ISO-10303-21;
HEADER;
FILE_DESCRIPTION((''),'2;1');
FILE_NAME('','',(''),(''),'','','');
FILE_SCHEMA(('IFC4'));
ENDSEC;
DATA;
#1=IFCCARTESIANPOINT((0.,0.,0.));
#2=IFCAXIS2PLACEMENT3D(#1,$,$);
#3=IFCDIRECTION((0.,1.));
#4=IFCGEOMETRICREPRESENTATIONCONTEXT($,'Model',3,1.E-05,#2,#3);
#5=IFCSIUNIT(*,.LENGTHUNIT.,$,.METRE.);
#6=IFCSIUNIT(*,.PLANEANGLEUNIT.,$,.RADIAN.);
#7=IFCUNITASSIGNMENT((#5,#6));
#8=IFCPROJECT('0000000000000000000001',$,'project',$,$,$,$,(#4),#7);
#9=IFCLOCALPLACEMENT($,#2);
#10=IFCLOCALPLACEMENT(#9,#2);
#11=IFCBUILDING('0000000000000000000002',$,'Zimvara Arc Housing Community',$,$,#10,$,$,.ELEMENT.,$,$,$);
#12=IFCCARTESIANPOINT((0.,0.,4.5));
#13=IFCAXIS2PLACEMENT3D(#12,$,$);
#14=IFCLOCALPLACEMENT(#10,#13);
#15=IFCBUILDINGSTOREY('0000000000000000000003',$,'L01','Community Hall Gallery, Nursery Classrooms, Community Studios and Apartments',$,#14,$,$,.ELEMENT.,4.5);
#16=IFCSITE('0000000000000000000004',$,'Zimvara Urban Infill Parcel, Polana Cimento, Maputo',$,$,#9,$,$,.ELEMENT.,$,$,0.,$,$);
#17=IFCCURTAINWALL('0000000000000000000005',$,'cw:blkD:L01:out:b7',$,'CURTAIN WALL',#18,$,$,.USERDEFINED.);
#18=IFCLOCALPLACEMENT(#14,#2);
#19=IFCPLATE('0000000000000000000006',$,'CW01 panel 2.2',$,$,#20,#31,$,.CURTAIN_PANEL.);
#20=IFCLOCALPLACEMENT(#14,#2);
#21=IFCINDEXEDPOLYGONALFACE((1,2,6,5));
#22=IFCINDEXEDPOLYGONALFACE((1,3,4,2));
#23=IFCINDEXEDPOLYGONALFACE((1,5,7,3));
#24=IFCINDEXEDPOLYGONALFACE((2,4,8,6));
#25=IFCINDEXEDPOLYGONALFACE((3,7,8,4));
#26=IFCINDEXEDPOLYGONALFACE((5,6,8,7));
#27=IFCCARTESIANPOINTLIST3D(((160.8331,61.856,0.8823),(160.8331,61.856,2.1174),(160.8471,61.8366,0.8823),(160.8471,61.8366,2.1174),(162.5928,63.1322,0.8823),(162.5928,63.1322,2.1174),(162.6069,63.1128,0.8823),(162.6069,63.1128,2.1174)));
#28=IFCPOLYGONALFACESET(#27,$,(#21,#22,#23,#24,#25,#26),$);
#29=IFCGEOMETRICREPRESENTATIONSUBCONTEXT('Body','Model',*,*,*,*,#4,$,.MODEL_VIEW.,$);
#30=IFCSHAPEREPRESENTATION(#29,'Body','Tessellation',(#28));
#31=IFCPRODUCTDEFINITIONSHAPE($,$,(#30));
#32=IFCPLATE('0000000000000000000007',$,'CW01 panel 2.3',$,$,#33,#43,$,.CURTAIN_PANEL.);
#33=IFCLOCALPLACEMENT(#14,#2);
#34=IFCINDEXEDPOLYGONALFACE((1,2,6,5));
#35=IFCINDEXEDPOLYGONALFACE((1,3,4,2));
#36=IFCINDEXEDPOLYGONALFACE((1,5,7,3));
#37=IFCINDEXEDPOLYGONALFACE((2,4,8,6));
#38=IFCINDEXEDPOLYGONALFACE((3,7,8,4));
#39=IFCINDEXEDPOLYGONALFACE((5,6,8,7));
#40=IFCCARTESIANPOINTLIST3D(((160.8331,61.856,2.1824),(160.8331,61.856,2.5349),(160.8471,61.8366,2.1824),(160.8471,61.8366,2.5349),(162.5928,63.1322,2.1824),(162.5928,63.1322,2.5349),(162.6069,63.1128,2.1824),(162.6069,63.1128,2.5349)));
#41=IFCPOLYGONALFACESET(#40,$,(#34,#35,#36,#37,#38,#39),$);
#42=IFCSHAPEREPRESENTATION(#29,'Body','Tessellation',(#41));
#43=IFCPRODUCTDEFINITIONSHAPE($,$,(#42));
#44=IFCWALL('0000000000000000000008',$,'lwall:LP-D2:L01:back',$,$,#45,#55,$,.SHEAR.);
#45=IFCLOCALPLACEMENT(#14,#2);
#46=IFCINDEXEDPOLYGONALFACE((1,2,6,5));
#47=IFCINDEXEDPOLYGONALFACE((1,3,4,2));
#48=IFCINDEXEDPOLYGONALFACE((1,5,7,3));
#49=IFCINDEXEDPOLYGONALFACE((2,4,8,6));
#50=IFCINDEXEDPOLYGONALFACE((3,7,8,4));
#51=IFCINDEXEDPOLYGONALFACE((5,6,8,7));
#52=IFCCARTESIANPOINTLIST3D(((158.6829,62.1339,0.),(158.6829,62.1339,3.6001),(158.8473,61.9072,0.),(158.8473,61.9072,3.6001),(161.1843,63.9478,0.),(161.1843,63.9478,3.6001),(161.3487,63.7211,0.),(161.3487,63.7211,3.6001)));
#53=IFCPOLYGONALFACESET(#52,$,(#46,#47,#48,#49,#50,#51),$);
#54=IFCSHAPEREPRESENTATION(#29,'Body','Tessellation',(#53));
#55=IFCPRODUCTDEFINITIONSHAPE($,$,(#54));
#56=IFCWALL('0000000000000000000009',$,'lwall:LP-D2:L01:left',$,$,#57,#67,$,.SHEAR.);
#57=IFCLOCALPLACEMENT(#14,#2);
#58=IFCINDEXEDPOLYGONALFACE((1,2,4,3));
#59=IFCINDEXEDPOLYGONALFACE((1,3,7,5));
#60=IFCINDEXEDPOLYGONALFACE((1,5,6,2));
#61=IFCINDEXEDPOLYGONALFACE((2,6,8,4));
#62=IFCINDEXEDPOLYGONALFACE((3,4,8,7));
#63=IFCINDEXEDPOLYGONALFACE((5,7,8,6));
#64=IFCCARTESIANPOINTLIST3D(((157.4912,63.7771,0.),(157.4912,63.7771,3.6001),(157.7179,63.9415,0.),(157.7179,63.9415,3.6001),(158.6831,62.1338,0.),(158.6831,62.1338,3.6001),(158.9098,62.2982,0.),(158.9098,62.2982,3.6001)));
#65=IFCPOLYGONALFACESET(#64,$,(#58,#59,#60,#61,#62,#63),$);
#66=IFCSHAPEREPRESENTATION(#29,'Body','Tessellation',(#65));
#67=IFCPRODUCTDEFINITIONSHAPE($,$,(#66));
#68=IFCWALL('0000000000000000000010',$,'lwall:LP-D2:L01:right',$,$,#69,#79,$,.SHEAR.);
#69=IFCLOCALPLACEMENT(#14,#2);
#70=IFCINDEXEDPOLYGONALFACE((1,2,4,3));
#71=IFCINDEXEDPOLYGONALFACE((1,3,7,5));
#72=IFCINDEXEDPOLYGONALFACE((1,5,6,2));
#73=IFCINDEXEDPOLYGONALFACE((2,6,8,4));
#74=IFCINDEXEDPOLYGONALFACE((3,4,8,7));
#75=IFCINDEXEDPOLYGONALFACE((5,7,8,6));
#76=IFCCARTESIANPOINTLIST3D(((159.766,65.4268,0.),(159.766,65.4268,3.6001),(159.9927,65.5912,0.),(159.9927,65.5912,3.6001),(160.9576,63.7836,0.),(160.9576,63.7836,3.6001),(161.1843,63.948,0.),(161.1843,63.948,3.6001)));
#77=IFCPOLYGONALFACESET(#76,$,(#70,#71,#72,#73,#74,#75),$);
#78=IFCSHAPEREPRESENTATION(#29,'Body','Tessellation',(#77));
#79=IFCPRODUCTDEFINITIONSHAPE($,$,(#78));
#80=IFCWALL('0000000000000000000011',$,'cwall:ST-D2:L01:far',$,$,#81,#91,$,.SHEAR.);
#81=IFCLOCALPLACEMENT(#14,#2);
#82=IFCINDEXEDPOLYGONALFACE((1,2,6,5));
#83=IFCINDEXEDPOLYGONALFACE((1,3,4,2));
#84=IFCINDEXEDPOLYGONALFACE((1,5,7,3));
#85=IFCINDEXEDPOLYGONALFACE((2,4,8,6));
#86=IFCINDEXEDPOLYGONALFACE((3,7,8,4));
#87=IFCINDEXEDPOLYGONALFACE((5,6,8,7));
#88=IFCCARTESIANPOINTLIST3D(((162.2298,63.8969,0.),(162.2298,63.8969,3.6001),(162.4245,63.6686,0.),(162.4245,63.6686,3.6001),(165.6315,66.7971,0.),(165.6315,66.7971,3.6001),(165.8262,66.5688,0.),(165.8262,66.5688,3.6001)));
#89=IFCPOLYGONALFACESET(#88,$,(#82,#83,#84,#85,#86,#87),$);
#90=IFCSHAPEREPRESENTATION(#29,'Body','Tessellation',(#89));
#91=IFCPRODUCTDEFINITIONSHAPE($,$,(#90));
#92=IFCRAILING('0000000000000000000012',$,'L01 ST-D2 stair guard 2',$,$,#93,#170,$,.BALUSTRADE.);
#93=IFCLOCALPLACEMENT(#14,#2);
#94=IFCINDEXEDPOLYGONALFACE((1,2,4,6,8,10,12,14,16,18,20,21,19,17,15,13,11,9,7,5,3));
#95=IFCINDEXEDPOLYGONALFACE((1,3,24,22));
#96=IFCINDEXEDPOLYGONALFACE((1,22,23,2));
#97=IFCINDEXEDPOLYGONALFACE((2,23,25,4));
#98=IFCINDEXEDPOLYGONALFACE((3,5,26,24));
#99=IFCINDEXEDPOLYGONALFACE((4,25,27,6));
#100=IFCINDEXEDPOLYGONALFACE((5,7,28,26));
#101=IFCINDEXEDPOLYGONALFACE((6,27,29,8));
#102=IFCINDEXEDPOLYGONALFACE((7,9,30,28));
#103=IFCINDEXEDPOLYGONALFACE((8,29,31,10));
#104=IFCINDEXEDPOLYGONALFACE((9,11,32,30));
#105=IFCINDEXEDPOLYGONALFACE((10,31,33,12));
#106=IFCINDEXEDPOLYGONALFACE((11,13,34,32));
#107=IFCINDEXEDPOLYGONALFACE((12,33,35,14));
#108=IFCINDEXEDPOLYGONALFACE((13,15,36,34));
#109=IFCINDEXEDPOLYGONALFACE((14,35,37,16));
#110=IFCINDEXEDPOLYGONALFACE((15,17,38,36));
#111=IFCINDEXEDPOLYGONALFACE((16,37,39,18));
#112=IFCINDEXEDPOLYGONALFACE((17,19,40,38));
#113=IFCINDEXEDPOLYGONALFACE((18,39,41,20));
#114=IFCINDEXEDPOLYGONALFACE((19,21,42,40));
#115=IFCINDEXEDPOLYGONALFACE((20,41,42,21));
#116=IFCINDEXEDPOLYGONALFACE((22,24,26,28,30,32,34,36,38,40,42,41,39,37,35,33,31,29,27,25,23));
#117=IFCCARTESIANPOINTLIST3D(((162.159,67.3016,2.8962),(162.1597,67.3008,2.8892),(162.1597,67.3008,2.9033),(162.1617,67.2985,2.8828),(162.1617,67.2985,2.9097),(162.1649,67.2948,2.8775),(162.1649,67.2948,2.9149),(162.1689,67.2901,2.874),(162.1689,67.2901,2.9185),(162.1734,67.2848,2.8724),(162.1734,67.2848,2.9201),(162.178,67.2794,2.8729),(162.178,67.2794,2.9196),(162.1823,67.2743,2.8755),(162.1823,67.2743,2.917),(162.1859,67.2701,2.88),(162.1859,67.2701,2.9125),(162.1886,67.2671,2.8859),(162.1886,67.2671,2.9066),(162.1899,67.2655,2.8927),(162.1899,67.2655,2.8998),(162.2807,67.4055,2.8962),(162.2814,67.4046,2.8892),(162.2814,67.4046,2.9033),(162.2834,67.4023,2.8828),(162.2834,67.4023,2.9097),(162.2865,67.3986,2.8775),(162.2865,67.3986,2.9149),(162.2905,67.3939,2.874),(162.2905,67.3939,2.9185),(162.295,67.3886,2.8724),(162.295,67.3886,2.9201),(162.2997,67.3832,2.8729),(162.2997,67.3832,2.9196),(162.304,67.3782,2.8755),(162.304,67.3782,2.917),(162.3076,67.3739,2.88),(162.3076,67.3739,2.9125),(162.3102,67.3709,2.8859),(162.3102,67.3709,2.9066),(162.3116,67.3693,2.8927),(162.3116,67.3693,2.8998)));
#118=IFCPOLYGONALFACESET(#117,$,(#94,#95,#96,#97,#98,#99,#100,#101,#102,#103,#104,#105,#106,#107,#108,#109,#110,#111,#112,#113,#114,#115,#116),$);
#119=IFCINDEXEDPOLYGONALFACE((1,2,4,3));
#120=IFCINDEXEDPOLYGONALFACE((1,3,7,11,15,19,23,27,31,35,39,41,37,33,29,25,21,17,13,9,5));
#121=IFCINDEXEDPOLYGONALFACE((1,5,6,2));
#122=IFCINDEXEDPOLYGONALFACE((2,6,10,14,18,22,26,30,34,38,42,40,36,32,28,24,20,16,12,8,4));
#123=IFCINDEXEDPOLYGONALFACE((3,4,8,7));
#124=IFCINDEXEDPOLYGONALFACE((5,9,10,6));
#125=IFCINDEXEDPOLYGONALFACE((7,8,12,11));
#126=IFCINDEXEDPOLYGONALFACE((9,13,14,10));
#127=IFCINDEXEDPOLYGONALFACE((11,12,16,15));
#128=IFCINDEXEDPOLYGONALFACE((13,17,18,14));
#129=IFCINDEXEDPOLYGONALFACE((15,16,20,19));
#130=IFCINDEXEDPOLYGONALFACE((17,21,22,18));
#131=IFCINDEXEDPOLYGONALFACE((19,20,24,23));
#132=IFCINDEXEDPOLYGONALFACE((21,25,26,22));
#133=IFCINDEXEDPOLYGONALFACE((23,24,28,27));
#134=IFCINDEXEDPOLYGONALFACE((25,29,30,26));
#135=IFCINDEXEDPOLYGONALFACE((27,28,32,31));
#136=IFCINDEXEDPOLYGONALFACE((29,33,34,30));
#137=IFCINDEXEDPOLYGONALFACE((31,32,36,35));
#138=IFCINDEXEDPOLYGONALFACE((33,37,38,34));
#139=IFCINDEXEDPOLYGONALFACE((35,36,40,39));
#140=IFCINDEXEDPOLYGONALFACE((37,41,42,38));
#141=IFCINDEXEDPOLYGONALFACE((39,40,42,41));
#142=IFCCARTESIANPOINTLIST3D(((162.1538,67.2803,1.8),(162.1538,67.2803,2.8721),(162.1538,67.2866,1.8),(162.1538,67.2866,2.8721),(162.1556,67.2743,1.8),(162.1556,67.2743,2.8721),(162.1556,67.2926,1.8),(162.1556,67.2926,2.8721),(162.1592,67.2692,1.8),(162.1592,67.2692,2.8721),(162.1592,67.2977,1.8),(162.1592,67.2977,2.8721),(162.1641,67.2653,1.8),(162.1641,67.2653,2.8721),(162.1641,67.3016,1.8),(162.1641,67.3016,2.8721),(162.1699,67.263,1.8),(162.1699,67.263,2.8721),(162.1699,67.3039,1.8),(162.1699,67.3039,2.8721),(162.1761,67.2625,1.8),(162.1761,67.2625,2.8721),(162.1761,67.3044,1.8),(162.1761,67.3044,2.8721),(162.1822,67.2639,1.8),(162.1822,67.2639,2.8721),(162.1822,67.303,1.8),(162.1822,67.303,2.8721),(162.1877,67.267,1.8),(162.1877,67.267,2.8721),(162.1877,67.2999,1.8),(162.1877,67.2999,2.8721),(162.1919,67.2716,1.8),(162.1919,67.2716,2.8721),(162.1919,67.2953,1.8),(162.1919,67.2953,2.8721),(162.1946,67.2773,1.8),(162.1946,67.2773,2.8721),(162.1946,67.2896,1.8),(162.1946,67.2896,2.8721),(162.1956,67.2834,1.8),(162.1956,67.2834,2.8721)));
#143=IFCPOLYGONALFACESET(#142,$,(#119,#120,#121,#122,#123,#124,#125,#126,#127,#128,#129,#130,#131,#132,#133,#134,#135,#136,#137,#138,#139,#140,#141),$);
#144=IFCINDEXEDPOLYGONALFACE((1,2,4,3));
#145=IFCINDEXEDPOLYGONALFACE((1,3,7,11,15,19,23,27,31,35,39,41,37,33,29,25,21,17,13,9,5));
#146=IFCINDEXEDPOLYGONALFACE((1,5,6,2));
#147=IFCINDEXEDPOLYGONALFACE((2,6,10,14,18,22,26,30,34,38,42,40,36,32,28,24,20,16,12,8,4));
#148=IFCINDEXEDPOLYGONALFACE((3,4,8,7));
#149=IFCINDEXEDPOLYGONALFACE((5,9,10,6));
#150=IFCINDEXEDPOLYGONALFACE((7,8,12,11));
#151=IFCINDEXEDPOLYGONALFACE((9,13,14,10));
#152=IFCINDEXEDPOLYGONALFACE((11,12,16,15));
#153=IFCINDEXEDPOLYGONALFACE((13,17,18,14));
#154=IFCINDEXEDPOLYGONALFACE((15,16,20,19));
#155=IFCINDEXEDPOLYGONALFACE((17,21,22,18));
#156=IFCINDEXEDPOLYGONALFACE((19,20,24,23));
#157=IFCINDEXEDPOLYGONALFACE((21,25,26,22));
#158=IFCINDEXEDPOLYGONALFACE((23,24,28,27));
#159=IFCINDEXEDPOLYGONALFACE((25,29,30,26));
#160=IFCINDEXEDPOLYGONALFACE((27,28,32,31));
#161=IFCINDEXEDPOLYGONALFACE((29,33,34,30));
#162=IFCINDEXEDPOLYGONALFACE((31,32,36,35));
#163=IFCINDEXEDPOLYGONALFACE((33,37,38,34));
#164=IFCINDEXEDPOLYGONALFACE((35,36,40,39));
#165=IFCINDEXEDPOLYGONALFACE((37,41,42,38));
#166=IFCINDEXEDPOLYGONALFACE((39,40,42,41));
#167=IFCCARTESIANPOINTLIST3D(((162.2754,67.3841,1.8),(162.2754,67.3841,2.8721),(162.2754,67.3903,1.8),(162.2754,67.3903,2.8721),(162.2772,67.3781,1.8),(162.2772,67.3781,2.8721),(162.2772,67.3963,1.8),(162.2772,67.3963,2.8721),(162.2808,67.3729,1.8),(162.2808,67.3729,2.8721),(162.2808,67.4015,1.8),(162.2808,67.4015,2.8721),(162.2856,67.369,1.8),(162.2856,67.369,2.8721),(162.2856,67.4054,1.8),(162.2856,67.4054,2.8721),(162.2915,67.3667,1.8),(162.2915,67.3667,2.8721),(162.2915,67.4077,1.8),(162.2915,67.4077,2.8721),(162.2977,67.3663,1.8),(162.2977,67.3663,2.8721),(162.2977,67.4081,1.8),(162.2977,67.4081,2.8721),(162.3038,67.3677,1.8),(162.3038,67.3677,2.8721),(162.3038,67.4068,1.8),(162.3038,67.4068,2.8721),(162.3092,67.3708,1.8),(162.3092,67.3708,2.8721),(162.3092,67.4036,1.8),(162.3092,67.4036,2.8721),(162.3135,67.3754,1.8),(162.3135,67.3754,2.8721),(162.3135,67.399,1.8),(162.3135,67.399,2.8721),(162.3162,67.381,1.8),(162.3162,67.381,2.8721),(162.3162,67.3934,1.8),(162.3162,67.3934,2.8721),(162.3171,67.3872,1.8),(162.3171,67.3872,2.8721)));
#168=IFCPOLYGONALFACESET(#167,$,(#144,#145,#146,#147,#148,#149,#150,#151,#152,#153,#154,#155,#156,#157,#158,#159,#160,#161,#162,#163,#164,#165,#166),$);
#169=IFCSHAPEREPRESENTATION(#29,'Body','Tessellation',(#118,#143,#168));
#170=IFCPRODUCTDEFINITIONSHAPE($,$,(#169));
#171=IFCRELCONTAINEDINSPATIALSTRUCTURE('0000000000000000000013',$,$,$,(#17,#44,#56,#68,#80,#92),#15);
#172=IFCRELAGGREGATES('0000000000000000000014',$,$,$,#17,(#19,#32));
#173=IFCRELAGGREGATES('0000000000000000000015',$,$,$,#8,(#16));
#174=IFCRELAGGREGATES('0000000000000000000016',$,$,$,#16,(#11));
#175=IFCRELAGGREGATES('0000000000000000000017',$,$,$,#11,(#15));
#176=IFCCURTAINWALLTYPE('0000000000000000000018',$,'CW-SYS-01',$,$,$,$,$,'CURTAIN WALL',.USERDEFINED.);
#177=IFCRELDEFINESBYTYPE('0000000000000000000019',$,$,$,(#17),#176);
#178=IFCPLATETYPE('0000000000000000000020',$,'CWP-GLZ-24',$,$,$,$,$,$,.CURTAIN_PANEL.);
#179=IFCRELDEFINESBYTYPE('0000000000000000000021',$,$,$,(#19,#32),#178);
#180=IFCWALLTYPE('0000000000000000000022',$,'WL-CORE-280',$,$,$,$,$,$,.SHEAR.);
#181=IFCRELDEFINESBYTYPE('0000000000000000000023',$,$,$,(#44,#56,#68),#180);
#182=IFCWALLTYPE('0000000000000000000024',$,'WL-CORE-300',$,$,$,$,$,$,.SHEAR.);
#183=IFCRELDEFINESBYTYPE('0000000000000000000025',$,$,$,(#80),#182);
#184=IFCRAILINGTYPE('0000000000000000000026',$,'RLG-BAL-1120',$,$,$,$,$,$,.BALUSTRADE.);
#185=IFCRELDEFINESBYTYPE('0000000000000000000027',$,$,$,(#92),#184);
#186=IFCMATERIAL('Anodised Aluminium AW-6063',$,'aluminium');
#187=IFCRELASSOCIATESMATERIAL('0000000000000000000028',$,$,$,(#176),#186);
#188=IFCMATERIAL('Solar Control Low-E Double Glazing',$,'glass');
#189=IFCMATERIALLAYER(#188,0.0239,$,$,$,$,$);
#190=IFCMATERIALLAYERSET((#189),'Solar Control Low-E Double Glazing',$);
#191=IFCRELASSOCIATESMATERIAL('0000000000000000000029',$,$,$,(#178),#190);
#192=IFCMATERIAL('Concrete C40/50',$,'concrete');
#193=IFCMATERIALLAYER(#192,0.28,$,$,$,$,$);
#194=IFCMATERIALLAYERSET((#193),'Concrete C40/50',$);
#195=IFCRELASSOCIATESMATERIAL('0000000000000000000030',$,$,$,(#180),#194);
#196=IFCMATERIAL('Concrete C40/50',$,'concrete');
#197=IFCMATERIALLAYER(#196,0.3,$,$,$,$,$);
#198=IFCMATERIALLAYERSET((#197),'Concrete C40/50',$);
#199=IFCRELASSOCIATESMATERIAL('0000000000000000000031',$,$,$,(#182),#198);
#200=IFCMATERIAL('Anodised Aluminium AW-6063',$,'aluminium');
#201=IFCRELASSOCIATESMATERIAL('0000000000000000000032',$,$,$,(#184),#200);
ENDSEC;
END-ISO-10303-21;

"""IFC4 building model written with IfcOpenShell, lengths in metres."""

from ifc_helpers import new_model, si_unit, direction, frame, frame_2d, origin, origin_2d, place, context, subcontext, project, spatial, rectangle, circle, extrude, material, layer, layer_set, type_object, element, aggregate, save


model = new_model("IFC4")

# Units and contexts
model_context = context("Model", 3, precision=1e-05, world=origin(), true_north=direction((0.0, 1.0)))
body_context = subcontext(model_context, "Body", "Model", "MODEL_VIEW")
ifc_project = project(units=[si_unit("LENGTHUNIT", "METRE"), si_unit("PLANEANGLEUNIT", "RADIAN")], contexts=[model_context])

# Site, building, storey
site_placement = place(None, origin())
site = spatial("IfcSite", under=ifc_project, at=site_placement, Name="Zimvara Urban Infill Parcel, Polana Cimento, Maputo", CompositionType="ELEMENT", RefElevation=0.0)
building_placement = place(site_placement, origin())
building = spatial("IfcBuilding", under=site, at=building_placement, Name="Zimvara Arc Housing Community", CompositionType="ELEMENT")
storey_placement = place(building_placement, frame((0.0, 0.0, 4.5)))
storey = spatial("IfcBuildingStorey", under=building, at=storey_placement, Name="L01", Description="Community Hall Gallery, Nursery Classrooms, Community Studios and Apartments", CompositionType="ELEMENT", Elevation=4.5)

# Curtain wall, plates
ifc_material_1 = material(Name="Anodised Aluminium AW-6063", Category="aluminium")
curtain_wall_type = type_object("IfcCurtainWallType", Name="CW-SYS-01", ElementType="CURTAIN WALL", PredefinedType="USERDEFINED", material=ifc_material_1)
curtain_wall_placement = place(storey_placement, origin())
curtain_wall = element("IfcCurtainWall", 1, at=curtain_wall_placement, inside=storey, type_object=curtain_wall_type, Name="cw:blkD:L01:out:b7", ObjectType="CURTAIN WALL", PredefinedType="USERDEFINED")
ifc_material_2 = material(Name="Solar Control Low-E Double Glazing", Category="glass")
ifc_layer_1 = layer(ifc_material_2, 0.0239)
ifc_layer_set_1 = layer_set([ifc_layer_1], Name="Solar Control Low-E Double Glazing")
plate_type = type_object("IfcPlateType", Name="CWP-GLZ-24", PredefinedType="CURTAIN_PANEL", material=ifc_layer_set_1)
plate_1_placement = place(storey_placement, frame((161.72, 62.4844, 0.8823), z_axis=(0.0, 0.0, 1.0), x_axis=(0.80953, 0.587078, 0.0)))
plate_1 = element("IfcPlate", 2, at=plate_1_placement, type_object=plate_type, Name="CW01 panel 2.2", PredefinedType="CURTAIN_PANEL", context=body_context, shape_type="SweptSolid", body=[
    extrude(rectangle(XDim=2.1738, YDim=0.0239, at=origin_2d()), origin(), (0.0, 0.0, 1.0), 1.2351),
])
plate_2_placement = place(storey_placement, frame((161.72, 62.4844, 2.1824), z_axis=(0.0, 0.0, 1.0), x_axis=(0.80953, 0.587078, 0.0)))
plate_2 = element("IfcPlate", 3, at=plate_2_placement, type_object=plate_type, Name="CW01 panel 2.3", PredefinedType="CURTAIN_PANEL", context=body_context, shape_type="SweptSolid", body=[
    extrude(rectangle(XDim=2.1738, YDim=0.0239, at=origin_2d()), origin(), (0.0, 0.0, 1.0), 0.3525),
])
aggregate(curtain_wall, [plate_1, plate_2])

# Walls
ifc_material_3 = material(Name="Concrete C40/50", Category="concrete")
ifc_layer_2 = layer(ifc_material_3, 0.28)
ifc_layer_set_2 = layer_set([ifc_layer_2], Name="Concrete C40/50")
wall_type_1 = type_object("IfcWallType", Name="WL-CORE-280", PredefinedType="SHEAR", material=ifc_layer_set_2)
wall_1_placement = place(storey_placement, frame((158.7651, 62.0205, 0.0), z_axis=(0.0, 0.0, 1.0), x_axis=(0.809548, 0.587053, 0.0)))
element("IfcWall", 4, at=wall_1_placement, inside=storey, type_object=wall_type_1, Name="lwall:LP-D2:L01:back", PredefinedType="SHEAR", context=body_context, shape_type="SweptSolid", body=[
    extrude(rectangle(XDim=3.0898, YDim=0.28, at=frame_2d((1.5449, 0.0))), origin(), (0.0, 0.0, 1.0), 3.6001),
])
wall_2_placement = place(storey_placement, frame((157.6045, 63.8594, 0.0), z_axis=(0.0, 0.0, 1.0), x_axis=(0.587127, -0.809495, 0.0)))
element("IfcWall", 5, at=wall_2_placement, inside=storey, type_object=wall_type_1, Name="lwall:LP-D2:L01:left", PredefinedType="SHEAR", context=body_context, shape_type="SweptSolid", body=[
    extrude(rectangle(XDim=2.03, YDim=0.28, at=frame_2d((1.0151, 0.0))), origin(), (0.0, 0.0, 1.0), 3.6001),
])
wall_3_placement = place(storey_placement, frame((159.8794, 65.509, 0.0), z_axis=(0.0, 0.0, 1.0), x_axis=(0.587048, -0.809552, 0.0)))
element("IfcWall", 6, at=wall_3_placement, inside=storey, type_object=wall_type_1, Name="lwall:LP-D2:L01:right", PredefinedType="SHEAR", context=body_context, shape_type="SweptSolid", body=[
    extrude(rectangle(XDim=2.0298, YDim=0.28, at=frame_2d((1.0149, 0.0))), origin(), (0.0, 0.0, 1.0), 3.6001),
])
ifc_material_4 = material(Name="Concrete C40/50", Category="concrete")
ifc_layer_3 = layer(ifc_material_4, 0.3)
ifc_layer_set_3 = layer_set([ifc_layer_3], Name="Concrete C40/50")
wall_type_2 = type_object("IfcWallType", Name="WL-CORE-300", PredefinedType="SHEAR", material=ifc_layer_set_3)
wall_4_placement = place(storey_placement, frame((162.3271, 63.7827, 0.0), z_axis=(0.0, 0.0, 1.0), x_axis=(0.76097, 0.648788, 0.0)))
element("IfcWall", 7, at=wall_4_placement, inside=storey, type_object=wall_type_2, Name="cwall:ST-D2:L01:far", PredefinedType="SHEAR", context=body_context, shape_type="SweptSolid", body=[
    extrude(rectangle(XDim=4.4702, YDim=0.3, at=frame_2d((2.2351, 0.0))), origin(), (0.0, 0.0, 1.0), 3.6001),
])

# Railing
ifc_material_5 = material(Name="Anodised Aluminium AW-6063", Category="aluminium")
railing_type = type_object("IfcRailingType", Name="RLG-BAL-1120", PredefinedType="BALUSTRADE", material=ifc_material_5)
railing_1_placement = place(storey_placement, frame((162.1746, 67.2834, 1.8)))
element("IfcRailing", 8, at=railing_1_placement, inside=storey, type_object=railing_type, Name="L01 ST-D2 stair guard 2", PredefinedType="BALUSTRADE", context=body_context, shape_type="SweptSolid", body=[
    extrude(circle(Radius=0.0239, at=origin_2d()), frame((0.0, 0.0, 1.0962), z_axis=(0.760656, 0.649155, 0.0), x_axis=(-0.649155, 0.760656, 0.0)), (0.0, 0.0, 1.0), 0.1599),
    extrude(circle(Radius=0.021, at=origin_2d()), origin(), (0.0, 0.0, 1.0), 1.072),
    extrude(circle(Radius=0.021, at=origin_2d()), frame((0.1216, 0.1038, 0.0)), (0.0, 0.0, 1.0), 1.072),
])

save(model, "model.ifc")
